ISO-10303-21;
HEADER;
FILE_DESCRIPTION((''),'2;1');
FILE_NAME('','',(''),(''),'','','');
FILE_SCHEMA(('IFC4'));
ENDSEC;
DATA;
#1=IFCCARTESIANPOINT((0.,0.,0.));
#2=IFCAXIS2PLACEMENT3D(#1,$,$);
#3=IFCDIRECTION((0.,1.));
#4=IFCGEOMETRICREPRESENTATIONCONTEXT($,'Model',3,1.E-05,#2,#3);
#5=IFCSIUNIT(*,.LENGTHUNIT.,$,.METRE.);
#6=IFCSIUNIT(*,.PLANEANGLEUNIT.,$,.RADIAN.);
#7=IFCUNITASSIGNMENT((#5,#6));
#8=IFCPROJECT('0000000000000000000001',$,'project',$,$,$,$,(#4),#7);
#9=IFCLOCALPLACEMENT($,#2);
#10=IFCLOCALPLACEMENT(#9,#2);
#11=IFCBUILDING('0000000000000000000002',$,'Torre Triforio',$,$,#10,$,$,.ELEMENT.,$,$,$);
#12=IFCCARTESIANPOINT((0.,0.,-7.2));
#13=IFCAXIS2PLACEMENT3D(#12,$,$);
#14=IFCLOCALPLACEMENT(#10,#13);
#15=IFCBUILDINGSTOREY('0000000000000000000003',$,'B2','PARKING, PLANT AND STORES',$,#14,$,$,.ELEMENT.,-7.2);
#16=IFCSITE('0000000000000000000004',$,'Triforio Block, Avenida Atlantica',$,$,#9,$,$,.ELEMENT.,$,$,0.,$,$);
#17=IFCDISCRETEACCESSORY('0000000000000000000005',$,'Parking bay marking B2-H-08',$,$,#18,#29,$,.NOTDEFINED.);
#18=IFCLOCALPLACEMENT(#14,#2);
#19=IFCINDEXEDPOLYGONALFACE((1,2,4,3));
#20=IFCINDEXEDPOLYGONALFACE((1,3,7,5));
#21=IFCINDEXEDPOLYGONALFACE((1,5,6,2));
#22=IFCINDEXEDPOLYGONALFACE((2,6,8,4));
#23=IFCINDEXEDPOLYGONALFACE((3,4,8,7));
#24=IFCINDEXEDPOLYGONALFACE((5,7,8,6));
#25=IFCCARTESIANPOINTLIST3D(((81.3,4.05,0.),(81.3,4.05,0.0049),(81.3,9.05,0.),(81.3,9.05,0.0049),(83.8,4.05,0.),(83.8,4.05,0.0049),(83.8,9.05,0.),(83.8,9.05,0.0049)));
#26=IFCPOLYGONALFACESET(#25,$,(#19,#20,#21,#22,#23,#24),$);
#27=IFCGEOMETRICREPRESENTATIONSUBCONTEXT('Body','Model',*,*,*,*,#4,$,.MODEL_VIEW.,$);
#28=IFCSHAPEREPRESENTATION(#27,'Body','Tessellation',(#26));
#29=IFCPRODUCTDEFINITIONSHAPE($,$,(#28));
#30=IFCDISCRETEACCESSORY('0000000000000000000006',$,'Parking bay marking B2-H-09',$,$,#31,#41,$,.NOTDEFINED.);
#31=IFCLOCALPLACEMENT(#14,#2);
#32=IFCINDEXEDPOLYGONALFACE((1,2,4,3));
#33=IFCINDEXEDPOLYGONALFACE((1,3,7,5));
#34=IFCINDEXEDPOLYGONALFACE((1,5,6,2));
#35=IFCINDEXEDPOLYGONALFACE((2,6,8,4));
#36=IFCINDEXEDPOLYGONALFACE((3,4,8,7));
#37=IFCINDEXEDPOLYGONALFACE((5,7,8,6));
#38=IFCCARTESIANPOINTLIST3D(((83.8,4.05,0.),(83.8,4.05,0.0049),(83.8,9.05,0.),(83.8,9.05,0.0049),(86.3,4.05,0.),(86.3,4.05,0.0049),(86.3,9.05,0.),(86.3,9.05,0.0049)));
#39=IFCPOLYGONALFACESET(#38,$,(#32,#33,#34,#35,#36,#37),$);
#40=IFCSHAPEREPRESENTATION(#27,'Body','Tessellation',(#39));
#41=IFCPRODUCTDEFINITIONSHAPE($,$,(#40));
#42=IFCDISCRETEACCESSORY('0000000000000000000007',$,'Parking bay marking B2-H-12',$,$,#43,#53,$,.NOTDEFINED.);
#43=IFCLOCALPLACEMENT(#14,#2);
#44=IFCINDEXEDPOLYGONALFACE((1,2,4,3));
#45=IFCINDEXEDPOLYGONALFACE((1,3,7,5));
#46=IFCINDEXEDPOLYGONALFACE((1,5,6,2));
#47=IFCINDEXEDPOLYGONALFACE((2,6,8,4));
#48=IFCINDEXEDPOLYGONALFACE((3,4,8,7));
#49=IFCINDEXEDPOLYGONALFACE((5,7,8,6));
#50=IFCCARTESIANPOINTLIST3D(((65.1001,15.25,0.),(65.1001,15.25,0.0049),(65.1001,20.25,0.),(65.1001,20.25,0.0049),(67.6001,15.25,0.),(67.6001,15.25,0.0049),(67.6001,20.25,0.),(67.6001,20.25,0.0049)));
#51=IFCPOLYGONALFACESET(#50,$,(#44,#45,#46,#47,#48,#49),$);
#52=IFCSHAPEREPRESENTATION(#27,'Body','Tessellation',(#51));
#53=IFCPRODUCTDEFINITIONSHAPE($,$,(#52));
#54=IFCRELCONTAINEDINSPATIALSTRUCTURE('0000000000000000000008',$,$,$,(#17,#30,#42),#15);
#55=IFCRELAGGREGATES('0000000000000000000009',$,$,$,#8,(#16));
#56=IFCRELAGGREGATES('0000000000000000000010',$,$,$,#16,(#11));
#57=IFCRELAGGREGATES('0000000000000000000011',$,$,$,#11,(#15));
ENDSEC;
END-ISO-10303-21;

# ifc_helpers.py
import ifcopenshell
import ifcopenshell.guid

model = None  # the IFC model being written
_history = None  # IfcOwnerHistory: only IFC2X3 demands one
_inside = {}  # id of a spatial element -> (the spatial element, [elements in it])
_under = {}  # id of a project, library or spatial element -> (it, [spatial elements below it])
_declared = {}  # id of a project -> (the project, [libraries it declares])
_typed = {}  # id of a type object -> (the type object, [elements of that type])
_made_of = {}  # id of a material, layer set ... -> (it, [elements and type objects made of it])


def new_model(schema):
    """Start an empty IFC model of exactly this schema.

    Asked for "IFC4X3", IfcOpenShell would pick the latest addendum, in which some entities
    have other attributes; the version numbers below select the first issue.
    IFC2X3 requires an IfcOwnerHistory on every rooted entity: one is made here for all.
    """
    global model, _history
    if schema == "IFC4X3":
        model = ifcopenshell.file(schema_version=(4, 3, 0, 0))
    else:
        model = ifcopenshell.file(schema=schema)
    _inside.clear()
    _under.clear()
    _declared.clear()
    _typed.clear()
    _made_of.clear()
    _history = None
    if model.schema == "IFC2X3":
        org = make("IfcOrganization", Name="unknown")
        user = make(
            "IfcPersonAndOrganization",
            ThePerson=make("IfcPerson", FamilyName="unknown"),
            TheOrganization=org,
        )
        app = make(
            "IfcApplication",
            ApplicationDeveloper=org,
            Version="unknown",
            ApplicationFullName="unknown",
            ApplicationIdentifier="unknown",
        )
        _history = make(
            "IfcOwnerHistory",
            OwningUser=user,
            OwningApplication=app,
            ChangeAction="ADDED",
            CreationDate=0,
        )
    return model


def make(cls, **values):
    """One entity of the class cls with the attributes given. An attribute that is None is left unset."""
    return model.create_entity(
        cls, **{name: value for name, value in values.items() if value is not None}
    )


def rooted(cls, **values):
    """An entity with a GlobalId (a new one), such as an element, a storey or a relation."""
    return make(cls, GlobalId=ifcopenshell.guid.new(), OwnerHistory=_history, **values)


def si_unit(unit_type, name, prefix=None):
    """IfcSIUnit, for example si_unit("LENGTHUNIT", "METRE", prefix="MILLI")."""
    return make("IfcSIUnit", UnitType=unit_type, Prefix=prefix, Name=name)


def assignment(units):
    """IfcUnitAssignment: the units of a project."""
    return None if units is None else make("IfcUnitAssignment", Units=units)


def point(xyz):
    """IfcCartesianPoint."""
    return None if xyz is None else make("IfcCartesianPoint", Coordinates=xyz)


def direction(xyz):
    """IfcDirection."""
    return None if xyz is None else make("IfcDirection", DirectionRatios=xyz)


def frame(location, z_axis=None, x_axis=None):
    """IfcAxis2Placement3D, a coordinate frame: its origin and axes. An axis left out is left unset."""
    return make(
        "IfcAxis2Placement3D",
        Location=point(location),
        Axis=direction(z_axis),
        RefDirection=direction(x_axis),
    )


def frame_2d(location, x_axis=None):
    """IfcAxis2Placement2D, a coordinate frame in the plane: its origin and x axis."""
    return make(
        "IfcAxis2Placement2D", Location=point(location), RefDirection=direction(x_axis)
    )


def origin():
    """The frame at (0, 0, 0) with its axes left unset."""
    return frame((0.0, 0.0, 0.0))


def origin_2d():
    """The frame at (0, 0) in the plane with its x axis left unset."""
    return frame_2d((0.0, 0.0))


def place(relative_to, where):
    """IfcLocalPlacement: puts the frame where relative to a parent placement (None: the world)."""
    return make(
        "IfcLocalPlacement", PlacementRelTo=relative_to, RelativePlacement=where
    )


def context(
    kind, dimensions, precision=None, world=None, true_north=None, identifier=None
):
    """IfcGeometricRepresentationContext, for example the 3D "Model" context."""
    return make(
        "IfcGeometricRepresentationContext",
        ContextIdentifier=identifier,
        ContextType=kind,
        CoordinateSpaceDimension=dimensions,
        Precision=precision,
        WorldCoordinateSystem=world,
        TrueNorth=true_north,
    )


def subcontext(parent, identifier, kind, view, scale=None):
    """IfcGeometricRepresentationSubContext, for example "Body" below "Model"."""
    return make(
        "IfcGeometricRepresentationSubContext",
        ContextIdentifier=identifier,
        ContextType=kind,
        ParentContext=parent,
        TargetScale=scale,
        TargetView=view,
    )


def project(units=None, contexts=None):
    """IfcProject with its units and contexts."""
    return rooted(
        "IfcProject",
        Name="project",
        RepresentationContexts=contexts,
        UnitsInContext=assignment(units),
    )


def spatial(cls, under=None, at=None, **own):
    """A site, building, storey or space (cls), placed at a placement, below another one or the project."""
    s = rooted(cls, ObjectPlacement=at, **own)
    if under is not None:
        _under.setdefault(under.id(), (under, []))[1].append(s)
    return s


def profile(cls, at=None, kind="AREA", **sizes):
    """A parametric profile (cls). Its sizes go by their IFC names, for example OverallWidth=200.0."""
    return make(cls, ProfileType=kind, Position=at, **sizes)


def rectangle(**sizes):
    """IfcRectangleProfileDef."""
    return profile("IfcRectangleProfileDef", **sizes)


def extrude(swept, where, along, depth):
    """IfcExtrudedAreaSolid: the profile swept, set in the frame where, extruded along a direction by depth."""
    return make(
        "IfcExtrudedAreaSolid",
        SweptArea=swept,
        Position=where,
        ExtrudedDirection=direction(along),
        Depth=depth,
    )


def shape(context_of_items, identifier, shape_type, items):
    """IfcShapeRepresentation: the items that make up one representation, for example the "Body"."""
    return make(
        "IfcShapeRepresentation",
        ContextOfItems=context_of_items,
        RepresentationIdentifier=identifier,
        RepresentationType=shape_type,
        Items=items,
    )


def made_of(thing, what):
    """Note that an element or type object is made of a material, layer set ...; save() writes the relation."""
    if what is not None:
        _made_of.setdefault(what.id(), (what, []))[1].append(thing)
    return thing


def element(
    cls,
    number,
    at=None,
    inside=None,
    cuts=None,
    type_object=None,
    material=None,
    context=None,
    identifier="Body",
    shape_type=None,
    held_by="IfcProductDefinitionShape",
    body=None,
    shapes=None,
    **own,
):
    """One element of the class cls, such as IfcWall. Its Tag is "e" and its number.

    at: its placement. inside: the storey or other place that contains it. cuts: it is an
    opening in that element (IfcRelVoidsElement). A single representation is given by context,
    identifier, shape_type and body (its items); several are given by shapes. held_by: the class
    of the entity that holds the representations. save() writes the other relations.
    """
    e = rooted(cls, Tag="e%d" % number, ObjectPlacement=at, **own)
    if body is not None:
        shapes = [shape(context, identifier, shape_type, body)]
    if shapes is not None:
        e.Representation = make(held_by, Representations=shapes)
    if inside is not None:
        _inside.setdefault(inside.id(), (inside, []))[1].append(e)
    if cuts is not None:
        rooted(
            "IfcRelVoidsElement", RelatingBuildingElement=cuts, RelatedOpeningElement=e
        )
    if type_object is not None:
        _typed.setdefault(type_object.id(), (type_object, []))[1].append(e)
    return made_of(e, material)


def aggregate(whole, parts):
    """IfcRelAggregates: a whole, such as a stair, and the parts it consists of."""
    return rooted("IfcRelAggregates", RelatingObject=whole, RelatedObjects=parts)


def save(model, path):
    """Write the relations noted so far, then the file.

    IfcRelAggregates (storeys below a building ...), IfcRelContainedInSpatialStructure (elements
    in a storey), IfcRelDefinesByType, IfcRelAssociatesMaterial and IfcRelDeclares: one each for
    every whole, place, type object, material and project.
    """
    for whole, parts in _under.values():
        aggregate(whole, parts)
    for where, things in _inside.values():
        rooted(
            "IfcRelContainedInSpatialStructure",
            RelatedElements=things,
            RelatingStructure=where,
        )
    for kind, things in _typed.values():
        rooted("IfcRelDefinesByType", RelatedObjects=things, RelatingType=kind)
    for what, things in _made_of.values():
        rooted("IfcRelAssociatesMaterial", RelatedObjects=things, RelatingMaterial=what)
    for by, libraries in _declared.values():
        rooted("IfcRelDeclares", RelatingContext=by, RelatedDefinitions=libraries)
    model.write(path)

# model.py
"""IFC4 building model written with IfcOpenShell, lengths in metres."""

from ifc_helpers import new_model, si_unit, direction, frame, origin, origin_2d, place, context, subcontext, project, spatial, rectangle, extrude, element, save


model = new_model("IFC4")

# Units and contexts
model_context = context("Model", 3, precision=1e-05, world=origin(), true_north=direction((0.0, 1.0)))
body_context = subcontext(model_context, "Body", "Model", "MODEL_VIEW")
ifc_project = project(units=[si_unit("LENGTHUNIT", "METRE"), si_unit("PLANEANGLEUNIT", "RADIAN")], contexts=[model_context])

# Site, building, storey
site_placement = place(None, origin())
site = spatial("IfcSite", under=ifc_project, at=site_placement, Name="Triforio Block, Avenida Atlantica", CompositionType="ELEMENT", RefElevation=0.0)
building_placement = place(site_placement, origin())
building = spatial("IfcBuilding", under=site, at=building_placement, Name="Torre Triforio", CompositionType="ELEMENT")
storey_placement = place(building_placement, frame((0.0, 0.0, -7.2)))
storey = spatial("IfcBuildingStorey", under=building, at=storey_placement, Name="B2", Description="PARKING, PLANT AND STORES", CompositionType="ELEMENT", Elevation=-7.2)

# Discrete accessories
for number, where, z_axis, x_axis, name in (
    (1, (82.55, 6.55, 0.0), (0.0, 0.0, 1.0), (1.0, 0.0, 0.0), "Parking bay marking B2-H-08"),
    (2, (85.05, 6.55, 0.0), (0.0, 0.0, 1.0), (1.0, 0.0, 0.0), "Parking bay marking B2-H-09"),
    (3, (66.3501, 17.75, 0.0), (0.0, 0.0, 1.0), (1.0, 0.0, 0.0), "Parking bay marking B2-H-12"),
):
    element("IfcDiscreteAccessory", number, at=place(storey_placement, frame(where, z_axis=z_axis, x_axis=x_axis)), inside=storey, Name=name, PredefinedType="NOTDEFINED", context=body_context, shape_type="SweptSolid", body=[
        extrude(rectangle(XDim=2.5, YDim=5.0, at=origin_2d()), origin(), (0.0, 0.0, 1.0), 0.0049),
    ])

save(model, "model.ifc")
